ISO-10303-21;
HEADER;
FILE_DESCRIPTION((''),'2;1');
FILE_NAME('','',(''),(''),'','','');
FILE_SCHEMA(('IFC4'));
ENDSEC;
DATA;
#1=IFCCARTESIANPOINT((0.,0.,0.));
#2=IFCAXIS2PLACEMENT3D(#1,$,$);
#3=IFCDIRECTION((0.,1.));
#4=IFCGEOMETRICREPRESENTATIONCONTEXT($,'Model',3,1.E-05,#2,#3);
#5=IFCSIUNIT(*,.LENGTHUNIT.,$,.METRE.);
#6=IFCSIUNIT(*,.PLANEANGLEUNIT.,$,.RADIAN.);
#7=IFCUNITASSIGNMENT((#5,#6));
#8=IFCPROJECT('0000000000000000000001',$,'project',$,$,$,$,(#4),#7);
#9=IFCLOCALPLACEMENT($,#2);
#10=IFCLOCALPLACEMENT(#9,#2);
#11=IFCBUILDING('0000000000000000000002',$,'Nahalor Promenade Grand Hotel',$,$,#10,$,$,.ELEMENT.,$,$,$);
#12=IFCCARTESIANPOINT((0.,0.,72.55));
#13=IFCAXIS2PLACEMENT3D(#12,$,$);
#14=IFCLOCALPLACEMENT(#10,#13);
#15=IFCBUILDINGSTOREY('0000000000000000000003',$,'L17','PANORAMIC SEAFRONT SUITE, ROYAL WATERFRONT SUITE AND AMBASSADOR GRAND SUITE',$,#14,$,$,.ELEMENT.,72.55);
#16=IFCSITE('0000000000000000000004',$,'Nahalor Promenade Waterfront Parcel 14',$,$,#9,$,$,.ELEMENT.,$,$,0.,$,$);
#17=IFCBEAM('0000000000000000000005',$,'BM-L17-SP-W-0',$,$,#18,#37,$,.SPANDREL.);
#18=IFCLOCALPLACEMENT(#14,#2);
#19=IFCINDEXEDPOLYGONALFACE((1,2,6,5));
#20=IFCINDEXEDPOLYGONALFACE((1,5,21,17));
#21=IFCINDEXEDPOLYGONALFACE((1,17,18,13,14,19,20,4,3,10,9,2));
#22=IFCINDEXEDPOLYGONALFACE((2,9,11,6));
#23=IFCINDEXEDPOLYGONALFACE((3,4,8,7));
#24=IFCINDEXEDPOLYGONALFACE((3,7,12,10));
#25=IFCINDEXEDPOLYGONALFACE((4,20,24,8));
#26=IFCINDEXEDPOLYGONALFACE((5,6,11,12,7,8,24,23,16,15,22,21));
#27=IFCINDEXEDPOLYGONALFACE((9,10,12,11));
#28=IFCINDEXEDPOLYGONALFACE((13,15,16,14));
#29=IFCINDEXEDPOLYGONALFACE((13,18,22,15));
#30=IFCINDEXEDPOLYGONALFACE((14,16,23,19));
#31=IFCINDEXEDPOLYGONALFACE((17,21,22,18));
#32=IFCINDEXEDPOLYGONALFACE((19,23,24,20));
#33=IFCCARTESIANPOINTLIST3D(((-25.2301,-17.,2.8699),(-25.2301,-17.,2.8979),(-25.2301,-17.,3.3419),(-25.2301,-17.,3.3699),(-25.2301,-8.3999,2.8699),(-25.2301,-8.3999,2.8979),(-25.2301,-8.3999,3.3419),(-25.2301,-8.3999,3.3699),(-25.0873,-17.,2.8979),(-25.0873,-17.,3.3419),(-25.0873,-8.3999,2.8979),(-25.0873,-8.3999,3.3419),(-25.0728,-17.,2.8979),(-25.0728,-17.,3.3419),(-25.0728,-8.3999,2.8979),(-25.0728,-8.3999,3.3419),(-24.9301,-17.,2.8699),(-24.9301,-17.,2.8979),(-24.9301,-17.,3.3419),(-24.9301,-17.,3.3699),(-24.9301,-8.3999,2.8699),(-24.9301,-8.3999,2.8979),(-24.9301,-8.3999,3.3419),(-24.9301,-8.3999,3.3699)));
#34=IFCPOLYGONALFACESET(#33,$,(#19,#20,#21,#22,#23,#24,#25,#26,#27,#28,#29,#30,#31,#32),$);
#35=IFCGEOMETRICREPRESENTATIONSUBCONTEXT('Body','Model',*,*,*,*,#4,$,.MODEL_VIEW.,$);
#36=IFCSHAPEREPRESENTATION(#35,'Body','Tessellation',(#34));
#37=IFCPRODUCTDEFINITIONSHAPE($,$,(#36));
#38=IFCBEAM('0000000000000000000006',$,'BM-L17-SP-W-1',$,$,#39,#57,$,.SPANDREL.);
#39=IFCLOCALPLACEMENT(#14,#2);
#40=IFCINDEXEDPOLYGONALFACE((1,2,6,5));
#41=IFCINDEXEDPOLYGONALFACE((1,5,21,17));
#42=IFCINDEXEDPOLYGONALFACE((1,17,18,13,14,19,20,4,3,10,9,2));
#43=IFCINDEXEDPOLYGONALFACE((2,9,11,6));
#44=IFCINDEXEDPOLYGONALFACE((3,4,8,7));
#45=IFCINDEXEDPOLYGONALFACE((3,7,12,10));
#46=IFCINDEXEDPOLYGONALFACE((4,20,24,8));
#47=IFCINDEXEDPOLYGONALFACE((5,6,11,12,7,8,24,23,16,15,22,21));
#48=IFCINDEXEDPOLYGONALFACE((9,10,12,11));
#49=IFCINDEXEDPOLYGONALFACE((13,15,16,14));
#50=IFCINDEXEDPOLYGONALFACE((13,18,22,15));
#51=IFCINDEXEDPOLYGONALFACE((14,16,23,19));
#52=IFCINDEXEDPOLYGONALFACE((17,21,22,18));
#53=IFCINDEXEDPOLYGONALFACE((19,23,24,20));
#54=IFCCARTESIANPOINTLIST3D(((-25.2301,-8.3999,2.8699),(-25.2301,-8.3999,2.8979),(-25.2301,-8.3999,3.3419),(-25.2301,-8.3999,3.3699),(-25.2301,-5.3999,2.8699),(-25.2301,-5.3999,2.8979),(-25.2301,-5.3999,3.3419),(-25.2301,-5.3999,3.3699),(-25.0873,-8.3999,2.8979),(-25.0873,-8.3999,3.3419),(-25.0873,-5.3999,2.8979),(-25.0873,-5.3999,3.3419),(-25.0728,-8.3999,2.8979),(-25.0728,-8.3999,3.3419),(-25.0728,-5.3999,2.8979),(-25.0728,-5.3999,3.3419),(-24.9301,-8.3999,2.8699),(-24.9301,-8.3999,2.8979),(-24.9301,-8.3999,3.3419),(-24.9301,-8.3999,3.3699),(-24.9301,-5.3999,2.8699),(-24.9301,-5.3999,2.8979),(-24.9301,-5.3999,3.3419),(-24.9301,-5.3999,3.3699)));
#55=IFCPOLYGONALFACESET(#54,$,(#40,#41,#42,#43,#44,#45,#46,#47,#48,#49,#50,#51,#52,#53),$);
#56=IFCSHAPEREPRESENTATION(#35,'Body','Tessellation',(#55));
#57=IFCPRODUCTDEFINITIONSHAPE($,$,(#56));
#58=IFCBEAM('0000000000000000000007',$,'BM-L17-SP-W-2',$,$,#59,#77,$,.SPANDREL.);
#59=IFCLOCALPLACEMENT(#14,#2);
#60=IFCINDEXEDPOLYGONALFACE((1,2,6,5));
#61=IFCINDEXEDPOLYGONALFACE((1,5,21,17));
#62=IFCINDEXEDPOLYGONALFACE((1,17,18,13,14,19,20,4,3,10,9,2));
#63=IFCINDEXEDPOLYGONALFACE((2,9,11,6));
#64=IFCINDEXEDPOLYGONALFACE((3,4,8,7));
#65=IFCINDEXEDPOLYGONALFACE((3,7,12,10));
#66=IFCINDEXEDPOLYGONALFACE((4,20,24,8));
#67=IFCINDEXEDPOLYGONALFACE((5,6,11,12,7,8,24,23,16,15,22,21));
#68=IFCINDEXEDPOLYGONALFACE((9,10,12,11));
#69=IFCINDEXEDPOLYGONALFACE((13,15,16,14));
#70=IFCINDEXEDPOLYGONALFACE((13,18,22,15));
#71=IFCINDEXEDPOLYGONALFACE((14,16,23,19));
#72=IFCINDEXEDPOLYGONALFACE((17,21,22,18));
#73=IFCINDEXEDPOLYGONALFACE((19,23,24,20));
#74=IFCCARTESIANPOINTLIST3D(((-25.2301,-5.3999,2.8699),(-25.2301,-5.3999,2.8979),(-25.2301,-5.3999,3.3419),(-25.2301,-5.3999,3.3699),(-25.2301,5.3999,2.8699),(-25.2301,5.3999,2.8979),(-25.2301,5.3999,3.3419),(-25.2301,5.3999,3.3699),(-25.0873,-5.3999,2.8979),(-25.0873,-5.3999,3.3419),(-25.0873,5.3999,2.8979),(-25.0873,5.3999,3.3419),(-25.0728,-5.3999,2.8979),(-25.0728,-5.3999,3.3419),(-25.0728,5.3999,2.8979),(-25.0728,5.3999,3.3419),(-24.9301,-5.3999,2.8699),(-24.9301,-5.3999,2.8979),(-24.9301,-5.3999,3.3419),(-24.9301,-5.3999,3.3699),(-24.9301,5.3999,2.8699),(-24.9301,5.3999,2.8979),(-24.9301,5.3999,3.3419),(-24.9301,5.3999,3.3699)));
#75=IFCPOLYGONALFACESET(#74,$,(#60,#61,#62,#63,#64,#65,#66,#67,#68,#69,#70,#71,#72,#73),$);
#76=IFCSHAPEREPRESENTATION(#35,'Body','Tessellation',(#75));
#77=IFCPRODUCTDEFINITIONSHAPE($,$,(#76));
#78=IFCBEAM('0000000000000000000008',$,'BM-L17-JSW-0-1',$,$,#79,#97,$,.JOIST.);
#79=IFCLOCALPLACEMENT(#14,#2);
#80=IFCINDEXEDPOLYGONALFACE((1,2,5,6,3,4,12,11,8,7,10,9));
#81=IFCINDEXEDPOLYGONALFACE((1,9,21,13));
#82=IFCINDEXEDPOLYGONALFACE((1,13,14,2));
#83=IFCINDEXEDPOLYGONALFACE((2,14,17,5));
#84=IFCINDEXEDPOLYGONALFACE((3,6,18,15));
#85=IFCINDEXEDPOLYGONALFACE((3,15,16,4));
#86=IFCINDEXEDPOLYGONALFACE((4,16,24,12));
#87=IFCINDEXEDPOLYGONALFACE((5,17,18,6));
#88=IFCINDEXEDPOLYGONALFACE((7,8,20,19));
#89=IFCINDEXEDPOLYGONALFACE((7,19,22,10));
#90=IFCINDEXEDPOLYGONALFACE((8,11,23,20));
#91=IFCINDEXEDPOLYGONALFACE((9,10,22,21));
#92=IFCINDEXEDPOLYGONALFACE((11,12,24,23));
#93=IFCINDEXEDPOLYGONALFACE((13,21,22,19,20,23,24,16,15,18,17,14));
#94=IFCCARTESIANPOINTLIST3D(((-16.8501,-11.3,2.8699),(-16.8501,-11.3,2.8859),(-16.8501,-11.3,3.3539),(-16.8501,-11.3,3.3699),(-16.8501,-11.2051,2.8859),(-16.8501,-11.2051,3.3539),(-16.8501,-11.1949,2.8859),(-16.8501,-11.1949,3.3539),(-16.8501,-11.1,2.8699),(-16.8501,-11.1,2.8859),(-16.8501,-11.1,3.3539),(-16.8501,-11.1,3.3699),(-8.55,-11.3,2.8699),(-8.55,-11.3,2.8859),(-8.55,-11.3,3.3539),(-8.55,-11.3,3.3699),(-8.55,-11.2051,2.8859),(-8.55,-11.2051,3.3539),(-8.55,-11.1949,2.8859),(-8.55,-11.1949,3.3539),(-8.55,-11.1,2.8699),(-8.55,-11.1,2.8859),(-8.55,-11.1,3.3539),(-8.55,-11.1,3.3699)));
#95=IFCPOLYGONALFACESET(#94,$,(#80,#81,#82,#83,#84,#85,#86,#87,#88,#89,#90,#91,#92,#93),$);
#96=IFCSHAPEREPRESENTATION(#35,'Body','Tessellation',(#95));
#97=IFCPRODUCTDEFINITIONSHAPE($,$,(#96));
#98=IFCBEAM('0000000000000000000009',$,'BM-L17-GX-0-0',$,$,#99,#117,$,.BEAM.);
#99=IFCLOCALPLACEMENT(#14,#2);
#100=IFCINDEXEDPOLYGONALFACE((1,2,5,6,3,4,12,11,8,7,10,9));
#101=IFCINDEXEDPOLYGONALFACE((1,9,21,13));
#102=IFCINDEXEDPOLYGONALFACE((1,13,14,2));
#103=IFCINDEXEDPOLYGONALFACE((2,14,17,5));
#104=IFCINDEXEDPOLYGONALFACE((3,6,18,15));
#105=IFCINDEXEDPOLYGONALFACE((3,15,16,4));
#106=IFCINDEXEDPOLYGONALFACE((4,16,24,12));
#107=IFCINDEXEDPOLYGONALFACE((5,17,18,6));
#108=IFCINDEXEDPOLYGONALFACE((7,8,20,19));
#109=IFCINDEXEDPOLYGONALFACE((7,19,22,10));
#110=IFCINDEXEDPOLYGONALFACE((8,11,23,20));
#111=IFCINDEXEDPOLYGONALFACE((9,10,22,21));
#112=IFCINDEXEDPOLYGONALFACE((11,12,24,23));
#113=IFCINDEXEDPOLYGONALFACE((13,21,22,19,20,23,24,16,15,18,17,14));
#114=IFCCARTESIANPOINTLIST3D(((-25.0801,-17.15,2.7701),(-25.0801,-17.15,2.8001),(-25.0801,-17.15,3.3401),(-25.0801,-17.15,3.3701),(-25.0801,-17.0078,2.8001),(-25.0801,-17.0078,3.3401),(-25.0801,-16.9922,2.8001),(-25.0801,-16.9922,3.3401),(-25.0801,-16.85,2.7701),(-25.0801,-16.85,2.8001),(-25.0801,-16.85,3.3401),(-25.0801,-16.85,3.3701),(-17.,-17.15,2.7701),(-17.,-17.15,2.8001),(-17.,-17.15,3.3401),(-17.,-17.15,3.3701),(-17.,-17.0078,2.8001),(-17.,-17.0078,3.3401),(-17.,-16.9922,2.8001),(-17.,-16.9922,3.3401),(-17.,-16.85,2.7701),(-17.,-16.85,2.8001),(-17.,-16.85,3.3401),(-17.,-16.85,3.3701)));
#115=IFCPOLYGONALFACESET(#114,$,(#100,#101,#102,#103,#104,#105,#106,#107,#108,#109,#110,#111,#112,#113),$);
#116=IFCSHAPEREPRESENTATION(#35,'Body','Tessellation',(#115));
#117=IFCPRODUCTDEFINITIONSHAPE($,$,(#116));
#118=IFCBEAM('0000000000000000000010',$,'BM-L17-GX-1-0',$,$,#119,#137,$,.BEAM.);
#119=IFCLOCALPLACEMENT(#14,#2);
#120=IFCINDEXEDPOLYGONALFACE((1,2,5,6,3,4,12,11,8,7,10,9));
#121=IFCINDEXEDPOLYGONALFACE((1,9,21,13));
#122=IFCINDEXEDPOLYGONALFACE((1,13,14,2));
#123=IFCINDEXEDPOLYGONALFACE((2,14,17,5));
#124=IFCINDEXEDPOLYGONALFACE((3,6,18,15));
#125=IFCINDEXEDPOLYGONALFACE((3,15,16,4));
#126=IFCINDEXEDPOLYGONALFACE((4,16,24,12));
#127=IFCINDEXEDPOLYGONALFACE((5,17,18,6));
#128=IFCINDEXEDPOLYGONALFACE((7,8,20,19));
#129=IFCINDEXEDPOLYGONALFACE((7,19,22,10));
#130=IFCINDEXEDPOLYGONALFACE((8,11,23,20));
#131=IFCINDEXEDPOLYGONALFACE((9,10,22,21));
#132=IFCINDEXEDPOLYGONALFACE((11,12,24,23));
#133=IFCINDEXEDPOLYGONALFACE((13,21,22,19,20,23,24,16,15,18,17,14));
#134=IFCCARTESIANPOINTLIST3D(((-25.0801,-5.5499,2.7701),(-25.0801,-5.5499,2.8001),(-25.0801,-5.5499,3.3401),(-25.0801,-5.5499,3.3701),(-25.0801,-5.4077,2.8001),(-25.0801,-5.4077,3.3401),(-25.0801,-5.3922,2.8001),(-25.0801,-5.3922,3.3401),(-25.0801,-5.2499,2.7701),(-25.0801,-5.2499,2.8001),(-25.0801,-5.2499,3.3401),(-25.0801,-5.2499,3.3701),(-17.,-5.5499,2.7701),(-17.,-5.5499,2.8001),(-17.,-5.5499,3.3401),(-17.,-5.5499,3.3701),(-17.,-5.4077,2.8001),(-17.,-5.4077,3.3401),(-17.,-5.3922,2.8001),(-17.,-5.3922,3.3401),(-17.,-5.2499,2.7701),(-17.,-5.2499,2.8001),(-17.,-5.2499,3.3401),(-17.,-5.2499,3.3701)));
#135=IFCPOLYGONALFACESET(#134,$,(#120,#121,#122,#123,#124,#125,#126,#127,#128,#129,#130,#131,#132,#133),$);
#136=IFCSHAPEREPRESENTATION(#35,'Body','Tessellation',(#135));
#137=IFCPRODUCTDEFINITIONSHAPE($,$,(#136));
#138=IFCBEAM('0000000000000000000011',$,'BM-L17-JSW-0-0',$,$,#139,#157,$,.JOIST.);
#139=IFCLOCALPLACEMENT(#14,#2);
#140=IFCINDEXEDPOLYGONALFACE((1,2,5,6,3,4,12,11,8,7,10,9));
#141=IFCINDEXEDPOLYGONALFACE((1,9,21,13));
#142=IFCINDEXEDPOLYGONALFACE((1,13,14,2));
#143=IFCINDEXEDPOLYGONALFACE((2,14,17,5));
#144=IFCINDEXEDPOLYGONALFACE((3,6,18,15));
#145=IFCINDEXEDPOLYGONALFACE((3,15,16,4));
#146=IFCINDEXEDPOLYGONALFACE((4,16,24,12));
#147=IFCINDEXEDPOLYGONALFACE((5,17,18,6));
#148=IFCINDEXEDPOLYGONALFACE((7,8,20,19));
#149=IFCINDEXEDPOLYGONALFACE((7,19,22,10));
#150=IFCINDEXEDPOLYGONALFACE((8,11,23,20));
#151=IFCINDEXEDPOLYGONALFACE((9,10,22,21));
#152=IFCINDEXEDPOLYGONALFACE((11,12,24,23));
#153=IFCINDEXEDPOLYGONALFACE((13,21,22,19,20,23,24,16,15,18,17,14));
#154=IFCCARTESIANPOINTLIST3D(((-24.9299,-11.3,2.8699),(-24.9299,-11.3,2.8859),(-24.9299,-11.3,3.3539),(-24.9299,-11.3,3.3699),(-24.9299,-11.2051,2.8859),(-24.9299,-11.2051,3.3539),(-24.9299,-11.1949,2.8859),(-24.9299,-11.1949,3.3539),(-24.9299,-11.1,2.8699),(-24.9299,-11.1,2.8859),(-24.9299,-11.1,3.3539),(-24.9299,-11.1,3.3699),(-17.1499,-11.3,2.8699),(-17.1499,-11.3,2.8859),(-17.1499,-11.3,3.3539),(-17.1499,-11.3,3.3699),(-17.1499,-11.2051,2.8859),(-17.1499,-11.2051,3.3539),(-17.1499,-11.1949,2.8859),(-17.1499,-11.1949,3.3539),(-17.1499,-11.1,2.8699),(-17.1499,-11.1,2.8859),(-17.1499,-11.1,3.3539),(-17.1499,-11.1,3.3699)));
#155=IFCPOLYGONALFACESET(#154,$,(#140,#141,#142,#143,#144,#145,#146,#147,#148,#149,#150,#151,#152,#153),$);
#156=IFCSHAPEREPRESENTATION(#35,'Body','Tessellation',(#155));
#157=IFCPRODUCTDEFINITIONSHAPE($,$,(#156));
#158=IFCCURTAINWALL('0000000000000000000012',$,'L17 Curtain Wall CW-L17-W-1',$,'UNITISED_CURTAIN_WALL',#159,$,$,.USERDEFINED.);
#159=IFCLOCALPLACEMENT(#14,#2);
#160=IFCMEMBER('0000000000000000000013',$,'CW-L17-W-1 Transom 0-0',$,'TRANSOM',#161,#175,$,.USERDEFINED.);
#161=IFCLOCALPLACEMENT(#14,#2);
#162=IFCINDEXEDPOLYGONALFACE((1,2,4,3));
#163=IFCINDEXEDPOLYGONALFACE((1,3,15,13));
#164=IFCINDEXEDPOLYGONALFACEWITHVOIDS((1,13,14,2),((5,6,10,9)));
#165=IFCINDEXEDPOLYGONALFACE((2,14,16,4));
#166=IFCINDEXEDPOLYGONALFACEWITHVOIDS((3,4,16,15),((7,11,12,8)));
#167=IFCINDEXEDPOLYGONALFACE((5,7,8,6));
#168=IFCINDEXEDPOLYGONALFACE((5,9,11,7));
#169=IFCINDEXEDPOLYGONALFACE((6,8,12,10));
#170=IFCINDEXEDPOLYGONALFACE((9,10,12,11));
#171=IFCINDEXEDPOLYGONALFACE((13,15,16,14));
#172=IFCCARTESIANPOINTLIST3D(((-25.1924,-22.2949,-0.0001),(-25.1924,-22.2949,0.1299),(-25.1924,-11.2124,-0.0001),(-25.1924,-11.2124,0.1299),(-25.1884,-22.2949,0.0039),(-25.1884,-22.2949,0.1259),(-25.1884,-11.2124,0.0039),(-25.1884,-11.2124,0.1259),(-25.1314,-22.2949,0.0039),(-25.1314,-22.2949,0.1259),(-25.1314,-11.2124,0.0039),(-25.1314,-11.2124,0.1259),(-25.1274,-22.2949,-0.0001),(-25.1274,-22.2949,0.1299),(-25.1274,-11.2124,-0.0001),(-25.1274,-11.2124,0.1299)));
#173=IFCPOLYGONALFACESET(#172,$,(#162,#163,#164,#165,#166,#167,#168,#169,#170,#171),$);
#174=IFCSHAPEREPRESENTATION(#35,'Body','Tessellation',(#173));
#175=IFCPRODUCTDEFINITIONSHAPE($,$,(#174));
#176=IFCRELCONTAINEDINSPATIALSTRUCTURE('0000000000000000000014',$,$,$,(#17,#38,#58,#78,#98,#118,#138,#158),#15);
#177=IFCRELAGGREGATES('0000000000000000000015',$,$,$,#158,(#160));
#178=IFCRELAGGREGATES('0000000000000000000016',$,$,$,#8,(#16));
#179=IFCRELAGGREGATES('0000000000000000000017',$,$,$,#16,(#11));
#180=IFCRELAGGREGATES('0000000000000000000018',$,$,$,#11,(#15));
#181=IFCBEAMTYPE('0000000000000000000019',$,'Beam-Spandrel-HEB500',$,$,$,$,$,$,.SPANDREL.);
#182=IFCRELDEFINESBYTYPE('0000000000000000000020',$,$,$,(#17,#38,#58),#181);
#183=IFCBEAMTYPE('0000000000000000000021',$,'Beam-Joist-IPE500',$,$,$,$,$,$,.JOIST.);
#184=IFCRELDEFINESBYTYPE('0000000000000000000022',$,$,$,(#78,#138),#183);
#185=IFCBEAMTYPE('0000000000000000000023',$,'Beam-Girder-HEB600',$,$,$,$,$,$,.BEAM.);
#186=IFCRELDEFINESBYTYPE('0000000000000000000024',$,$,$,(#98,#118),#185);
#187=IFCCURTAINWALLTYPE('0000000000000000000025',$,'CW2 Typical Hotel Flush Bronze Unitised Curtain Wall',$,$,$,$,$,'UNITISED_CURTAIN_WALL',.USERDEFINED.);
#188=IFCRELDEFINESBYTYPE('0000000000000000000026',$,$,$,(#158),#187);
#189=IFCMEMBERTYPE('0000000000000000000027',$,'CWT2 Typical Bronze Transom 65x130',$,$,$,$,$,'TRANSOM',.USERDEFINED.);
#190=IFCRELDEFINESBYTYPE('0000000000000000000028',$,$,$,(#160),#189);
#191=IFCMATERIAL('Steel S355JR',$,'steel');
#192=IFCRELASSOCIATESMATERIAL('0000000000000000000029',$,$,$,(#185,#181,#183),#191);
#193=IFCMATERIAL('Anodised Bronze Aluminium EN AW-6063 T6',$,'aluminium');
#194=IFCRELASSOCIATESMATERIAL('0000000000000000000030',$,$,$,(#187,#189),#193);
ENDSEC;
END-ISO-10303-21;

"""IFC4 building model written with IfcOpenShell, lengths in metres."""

from ifc_helpers import new_model, si_unit, direction, frame, origin, origin_2d, place, context, subcontext, project, spatial, hollow_rectangle, i_section, extrude, source, transform, mapped, material, material_profile, profile_set, type_object, element, aggregate, save


model = new_model("IFC4")

# Units and contexts
model_context = context("Model", 3, precision=1e-05, world=origin(), true_north=direction((0.0, 1.0)))
body_context = subcontext(model_context, "Body", "Model", "MODEL_VIEW")
ifc_project = project(units=[si_unit("LENGTHUNIT", "METRE"), si_unit("PLANEANGLEUNIT", "RADIAN")], contexts=[model_context])

# Site, building, storey
site_placement = place(None, origin())
site = spatial("IfcSite", under=ifc_project, at=site_placement, Name="Nahalor Promenade Waterfront Parcel 14", CompositionType="ELEMENT", RefElevation=0.0)
building_placement = place(site_placement, origin())
building = spatial("IfcBuilding", under=site, at=building_placement, Name="Nahalor Promenade Grand Hotel", CompositionType="ELEMENT")
storey_placement = place(building_placement, frame((0.0, 0.0, 72.55)))
storey = spatial("IfcBuildingStorey", under=building, at=storey_placement, Name="L17", Description="PANORAMIC SEAFRONT SUITE, ROYAL WATERFRONT SUITE AND AMBASSADOR GRAND SUITE", CompositionType="ELEMENT", Elevation=72.55)

# Beams
ifc_material_1 = material(Name="Steel S355JR", Category="steel")
ifc_material_profile_1 = material_profile(ifc_material_1, i_section(OverallWidth=0.3, OverallDepth=0.6, WebThickness=0.0155, FlangeThickness=0.03, at=origin_2d()), Name="HEB 600")
ifc_profile_set_1 = profile_set([ifc_material_profile_1], Name="Steel S355JR")
beam_type_1 = type_object("IfcBeamType", Name="Beam-Girder-HEB600", PredefinedType="BEAM", material=ifc_profile_set_1)
ifc_material_profile_2 = material_profile(ifc_material_1, i_section(OverallWidth=0.3, OverallDepth=0.5, WebThickness=0.0145, FlangeThickness=0.028, at=origin_2d()), Name="HEB 500")
ifc_profile_set_2 = profile_set([ifc_material_profile_2], Name="Steel S355JR")
beam_type_2 = type_object("IfcBeamType", Name="Beam-Spandrel-HEB500", PredefinedType="SPANDREL", material=ifc_profile_set_2)
shared_shape_1 = source(origin(), body_context, "Body", "SweptSolid", [
    extrude(i_section(OverallWidth=0.3, OverallDepth=0.5, WebThickness=0.0145, FlangeThickness=0.028, at=origin_2d()), origin(), (0.0, 0.0, 1.0), 8.6001),
])
beam_1_placement = place(storey_placement, frame((-25.0801, -17.0, 3.1199), z_axis=(0.0, 1.0, 0.0), x_axis=(-1.0, 0.0, 0.0)))
element("IfcBeam", 1, at=beam_1_placement, inside=storey, type_object=beam_type_2, Name="BM-L17-SP-W-0", PredefinedType="SPANDREL", context=body_context, shape_type="MappedRepresentation", body=[
    mapped(shared_shape_1, transform((0.0, 0.0, 0.0), scale=1.0)),
])
shared_shape_2 = source(origin(), body_context, "Body", "SweptSolid", [
    extrude(i_section(OverallWidth=0.3, OverallDepth=0.5, WebThickness=0.0145, FlangeThickness=0.028, at=origin_2d()), origin(), (0.0, 0.0, 1.0), 3.0),
])
beam_2_placement = place(storey_placement, frame((-25.0801, -8.3999, 3.1199), z_axis=(0.0, 1.0, 0.0), x_axis=(-1.0, 0.0, 0.0)))
element("IfcBeam", 2, at=beam_2_placement, inside=storey, type_object=beam_type_2, Name="BM-L17-SP-W-1", PredefinedType="SPANDREL", context=body_context, shape_type="MappedRepresentation", body=[
    mapped(shared_shape_2, transform((0.0, 0.0, 0.0), scale=1.0)),
])
shared_shape_3 = source(origin(), body_context, "Body", "SweptSolid", [
    extrude(i_section(OverallWidth=0.3, OverallDepth=0.5, WebThickness=0.0145, FlangeThickness=0.028, at=origin_2d()), origin(), (0.0, 0.0, 1.0), 10.7998),
])
beam_3_placement = place(storey_placement, frame((-25.0801, -5.3999, 3.1199), z_axis=(0.0, 1.0, 0.0), x_axis=(-1.0, 0.0, 0.0)))
element("IfcBeam", 3, at=beam_3_placement, inside=storey, type_object=beam_type_2, Name="BM-L17-SP-W-2", PredefinedType="SPANDREL", context=body_context, shape_type="MappedRepresentation", body=[
    mapped(shared_shape_3, transform((0.0, 0.0, 0.0), scale=1.0)),
])
ifc_material_profile_3 = material_profile(ifc_material_1, i_section(OverallWidth=0.2, OverallDepth=0.5, WebThickness=0.0102, FlangeThickness=0.016, at=origin_2d()), Name="IPE 500")
ifc_profile_set_3 = profile_set([ifc_material_profile_3], Name="Steel S355JR")
beam_type_3 = type_object("IfcBeamType", Name="Beam-Joist-IPE500", PredefinedType="JOIST", material=ifc_profile_set_3)
shared_shape_4 = source(origin(), body_context, "Body", "SweptSolid", [
    extrude(i_section(OverallWidth=0.2, OverallDepth=0.5, WebThickness=0.0102, FlangeThickness=0.016, at=origin_2d()), origin(), (0.0, 0.0, 1.0), 8.3),
])
beam_4_placement = place(storey_placement, frame((-16.8501, -11.2, 3.1199), z_axis=(1.0, 0.0, 0.0), x_axis=(0.0, 1.0, 0.0)))
element("IfcBeam", 4, at=beam_4_placement, inside=storey, type_object=beam_type_3, Name="BM-L17-JSW-0-1", PredefinedType="JOIST", context=body_context, shape_type="MappedRepresentation", body=[
    mapped(shared_shape_4, transform((0.0, 0.0, 0.0), scale=1.0)),
])
shared_shape_5 = source(origin(), body_context, "Body", "SweptSolid", [
    extrude(i_section(OverallWidth=0.3, OverallDepth=0.6, WebThickness=0.0155, FlangeThickness=0.03, at=origin_2d()), origin(), (0.0, 0.0, 1.0), 8.0801),
])
for number, where, z_axis, x_axis, name in (
    (5, (-25.0801, -17.0, 3.0701), (1.0, 0.0, 0.0), (0.0, 1.0, 0.0), "BM-L17-GX-0-0"),
    (6, (-25.0801, -5.3999, 3.0701), (1.0, 0.0, 0.0), (0.0, 1.0, 0.0), "BM-L17-GX-1-0"),
):
    element("IfcBeam", number, at=place(storey_placement, frame(where, z_axis=z_axis, x_axis=x_axis)), inside=storey, type_object=beam_type_1, Name=name, PredefinedType="BEAM", context=body_context, shape_type="MappedRepresentation", body=[
        mapped(shared_shape_5, transform((0.0, 0.0, 0.0), scale=1.0)),
    ])
shared_shape_6 = source(origin(), body_context, "Body", "SweptSolid", [
    extrude(i_section(OverallWidth=0.2, OverallDepth=0.5, WebThickness=0.0102, FlangeThickness=0.016, at=origin_2d()), origin(), (0.0, 0.0, 1.0), 7.78),
])
beam_5_placement = place(storey_placement, frame((-24.9299, -11.2, 3.1199), z_axis=(1.0, 0.0, 0.0), x_axis=(0.0, 1.0, 0.0)))
element("IfcBeam", 7, at=beam_5_placement, inside=storey, type_object=beam_type_3, Name="BM-L17-JSW-0-0", PredefinedType="JOIST", context=body_context, shape_type="MappedRepresentation", body=[
    mapped(shared_shape_6, transform((0.0, 0.0, 0.0), scale=1.0)),
])

# Curtain wall, member
ifc_material_2 = material(Name="Anodised Bronze Aluminium EN AW-6063 T6", Category="aluminium")
curtain_wall_type = type_object("IfcCurtainWallType", Name="CW2 Typical Hotel Flush Bronze Unitised Curtain Wall", ElementType="UNITISED_CURTAIN_WALL", PredefinedType="USERDEFINED", material=ifc_material_2)
curtain_wall_placement = place(storey_placement, origin())
curtain_wall = element("IfcCurtainWall", 8, at=curtain_wall_placement, inside=storey, type_object=curtain_wall_type, Name="L17 Curtain Wall CW-L17-W-1", ObjectType="UNITISED_CURTAIN_WALL", PredefinedType="USERDEFINED")
ifc_material_profile_4 = material_profile(ifc_material_2, hollow_rectangle(XDim=0.065, YDim=0.13, WallThickness=0.004, at=origin_2d()), Name="CWT 65x130x4")
ifc_profile_set_4 = profile_set([ifc_material_profile_4], Name="Anodised Bronze Aluminium EN AW-6063 T6")
member_type_1 = type_object("IfcMemberType", Name="CWT2 Typical Bronze Transom 65x130", ElementType="TRANSOM", PredefinedType="USERDEFINED", material=ifc_profile_set_4)
shared_shape_7 = source(origin(), body_context, "Body", "SweptSolid", [
    extrude(hollow_rectangle(XDim=0.065, YDim=0.13, WallThickness=0.004, at=origin_2d()), origin(), (0.0, 0.0, 1.0), 11.0825),
])
member_1_placement = place(storey_placement, frame((-25.1599, -22.2949, 0.0649), z_axis=(0.0, 1.0, 0.0), x_axis=(-1.0, 0.0, 0.0)))
member_1 = element("IfcMember", 9, at=member_1_placement, type_object=member_type_1, Name="CW-L17-W-1 Transom 0-0", ObjectType="TRANSOM", PredefinedType="USERDEFINED", context=body_context, shape_type="MappedRepresentation", body=[
    mapped(shared_shape_7, transform((0.0, 0.0, 0.0), scale=1.0)),
])
aggregate(curtain_wall, [member_1])

save(model, "model.ifc")
